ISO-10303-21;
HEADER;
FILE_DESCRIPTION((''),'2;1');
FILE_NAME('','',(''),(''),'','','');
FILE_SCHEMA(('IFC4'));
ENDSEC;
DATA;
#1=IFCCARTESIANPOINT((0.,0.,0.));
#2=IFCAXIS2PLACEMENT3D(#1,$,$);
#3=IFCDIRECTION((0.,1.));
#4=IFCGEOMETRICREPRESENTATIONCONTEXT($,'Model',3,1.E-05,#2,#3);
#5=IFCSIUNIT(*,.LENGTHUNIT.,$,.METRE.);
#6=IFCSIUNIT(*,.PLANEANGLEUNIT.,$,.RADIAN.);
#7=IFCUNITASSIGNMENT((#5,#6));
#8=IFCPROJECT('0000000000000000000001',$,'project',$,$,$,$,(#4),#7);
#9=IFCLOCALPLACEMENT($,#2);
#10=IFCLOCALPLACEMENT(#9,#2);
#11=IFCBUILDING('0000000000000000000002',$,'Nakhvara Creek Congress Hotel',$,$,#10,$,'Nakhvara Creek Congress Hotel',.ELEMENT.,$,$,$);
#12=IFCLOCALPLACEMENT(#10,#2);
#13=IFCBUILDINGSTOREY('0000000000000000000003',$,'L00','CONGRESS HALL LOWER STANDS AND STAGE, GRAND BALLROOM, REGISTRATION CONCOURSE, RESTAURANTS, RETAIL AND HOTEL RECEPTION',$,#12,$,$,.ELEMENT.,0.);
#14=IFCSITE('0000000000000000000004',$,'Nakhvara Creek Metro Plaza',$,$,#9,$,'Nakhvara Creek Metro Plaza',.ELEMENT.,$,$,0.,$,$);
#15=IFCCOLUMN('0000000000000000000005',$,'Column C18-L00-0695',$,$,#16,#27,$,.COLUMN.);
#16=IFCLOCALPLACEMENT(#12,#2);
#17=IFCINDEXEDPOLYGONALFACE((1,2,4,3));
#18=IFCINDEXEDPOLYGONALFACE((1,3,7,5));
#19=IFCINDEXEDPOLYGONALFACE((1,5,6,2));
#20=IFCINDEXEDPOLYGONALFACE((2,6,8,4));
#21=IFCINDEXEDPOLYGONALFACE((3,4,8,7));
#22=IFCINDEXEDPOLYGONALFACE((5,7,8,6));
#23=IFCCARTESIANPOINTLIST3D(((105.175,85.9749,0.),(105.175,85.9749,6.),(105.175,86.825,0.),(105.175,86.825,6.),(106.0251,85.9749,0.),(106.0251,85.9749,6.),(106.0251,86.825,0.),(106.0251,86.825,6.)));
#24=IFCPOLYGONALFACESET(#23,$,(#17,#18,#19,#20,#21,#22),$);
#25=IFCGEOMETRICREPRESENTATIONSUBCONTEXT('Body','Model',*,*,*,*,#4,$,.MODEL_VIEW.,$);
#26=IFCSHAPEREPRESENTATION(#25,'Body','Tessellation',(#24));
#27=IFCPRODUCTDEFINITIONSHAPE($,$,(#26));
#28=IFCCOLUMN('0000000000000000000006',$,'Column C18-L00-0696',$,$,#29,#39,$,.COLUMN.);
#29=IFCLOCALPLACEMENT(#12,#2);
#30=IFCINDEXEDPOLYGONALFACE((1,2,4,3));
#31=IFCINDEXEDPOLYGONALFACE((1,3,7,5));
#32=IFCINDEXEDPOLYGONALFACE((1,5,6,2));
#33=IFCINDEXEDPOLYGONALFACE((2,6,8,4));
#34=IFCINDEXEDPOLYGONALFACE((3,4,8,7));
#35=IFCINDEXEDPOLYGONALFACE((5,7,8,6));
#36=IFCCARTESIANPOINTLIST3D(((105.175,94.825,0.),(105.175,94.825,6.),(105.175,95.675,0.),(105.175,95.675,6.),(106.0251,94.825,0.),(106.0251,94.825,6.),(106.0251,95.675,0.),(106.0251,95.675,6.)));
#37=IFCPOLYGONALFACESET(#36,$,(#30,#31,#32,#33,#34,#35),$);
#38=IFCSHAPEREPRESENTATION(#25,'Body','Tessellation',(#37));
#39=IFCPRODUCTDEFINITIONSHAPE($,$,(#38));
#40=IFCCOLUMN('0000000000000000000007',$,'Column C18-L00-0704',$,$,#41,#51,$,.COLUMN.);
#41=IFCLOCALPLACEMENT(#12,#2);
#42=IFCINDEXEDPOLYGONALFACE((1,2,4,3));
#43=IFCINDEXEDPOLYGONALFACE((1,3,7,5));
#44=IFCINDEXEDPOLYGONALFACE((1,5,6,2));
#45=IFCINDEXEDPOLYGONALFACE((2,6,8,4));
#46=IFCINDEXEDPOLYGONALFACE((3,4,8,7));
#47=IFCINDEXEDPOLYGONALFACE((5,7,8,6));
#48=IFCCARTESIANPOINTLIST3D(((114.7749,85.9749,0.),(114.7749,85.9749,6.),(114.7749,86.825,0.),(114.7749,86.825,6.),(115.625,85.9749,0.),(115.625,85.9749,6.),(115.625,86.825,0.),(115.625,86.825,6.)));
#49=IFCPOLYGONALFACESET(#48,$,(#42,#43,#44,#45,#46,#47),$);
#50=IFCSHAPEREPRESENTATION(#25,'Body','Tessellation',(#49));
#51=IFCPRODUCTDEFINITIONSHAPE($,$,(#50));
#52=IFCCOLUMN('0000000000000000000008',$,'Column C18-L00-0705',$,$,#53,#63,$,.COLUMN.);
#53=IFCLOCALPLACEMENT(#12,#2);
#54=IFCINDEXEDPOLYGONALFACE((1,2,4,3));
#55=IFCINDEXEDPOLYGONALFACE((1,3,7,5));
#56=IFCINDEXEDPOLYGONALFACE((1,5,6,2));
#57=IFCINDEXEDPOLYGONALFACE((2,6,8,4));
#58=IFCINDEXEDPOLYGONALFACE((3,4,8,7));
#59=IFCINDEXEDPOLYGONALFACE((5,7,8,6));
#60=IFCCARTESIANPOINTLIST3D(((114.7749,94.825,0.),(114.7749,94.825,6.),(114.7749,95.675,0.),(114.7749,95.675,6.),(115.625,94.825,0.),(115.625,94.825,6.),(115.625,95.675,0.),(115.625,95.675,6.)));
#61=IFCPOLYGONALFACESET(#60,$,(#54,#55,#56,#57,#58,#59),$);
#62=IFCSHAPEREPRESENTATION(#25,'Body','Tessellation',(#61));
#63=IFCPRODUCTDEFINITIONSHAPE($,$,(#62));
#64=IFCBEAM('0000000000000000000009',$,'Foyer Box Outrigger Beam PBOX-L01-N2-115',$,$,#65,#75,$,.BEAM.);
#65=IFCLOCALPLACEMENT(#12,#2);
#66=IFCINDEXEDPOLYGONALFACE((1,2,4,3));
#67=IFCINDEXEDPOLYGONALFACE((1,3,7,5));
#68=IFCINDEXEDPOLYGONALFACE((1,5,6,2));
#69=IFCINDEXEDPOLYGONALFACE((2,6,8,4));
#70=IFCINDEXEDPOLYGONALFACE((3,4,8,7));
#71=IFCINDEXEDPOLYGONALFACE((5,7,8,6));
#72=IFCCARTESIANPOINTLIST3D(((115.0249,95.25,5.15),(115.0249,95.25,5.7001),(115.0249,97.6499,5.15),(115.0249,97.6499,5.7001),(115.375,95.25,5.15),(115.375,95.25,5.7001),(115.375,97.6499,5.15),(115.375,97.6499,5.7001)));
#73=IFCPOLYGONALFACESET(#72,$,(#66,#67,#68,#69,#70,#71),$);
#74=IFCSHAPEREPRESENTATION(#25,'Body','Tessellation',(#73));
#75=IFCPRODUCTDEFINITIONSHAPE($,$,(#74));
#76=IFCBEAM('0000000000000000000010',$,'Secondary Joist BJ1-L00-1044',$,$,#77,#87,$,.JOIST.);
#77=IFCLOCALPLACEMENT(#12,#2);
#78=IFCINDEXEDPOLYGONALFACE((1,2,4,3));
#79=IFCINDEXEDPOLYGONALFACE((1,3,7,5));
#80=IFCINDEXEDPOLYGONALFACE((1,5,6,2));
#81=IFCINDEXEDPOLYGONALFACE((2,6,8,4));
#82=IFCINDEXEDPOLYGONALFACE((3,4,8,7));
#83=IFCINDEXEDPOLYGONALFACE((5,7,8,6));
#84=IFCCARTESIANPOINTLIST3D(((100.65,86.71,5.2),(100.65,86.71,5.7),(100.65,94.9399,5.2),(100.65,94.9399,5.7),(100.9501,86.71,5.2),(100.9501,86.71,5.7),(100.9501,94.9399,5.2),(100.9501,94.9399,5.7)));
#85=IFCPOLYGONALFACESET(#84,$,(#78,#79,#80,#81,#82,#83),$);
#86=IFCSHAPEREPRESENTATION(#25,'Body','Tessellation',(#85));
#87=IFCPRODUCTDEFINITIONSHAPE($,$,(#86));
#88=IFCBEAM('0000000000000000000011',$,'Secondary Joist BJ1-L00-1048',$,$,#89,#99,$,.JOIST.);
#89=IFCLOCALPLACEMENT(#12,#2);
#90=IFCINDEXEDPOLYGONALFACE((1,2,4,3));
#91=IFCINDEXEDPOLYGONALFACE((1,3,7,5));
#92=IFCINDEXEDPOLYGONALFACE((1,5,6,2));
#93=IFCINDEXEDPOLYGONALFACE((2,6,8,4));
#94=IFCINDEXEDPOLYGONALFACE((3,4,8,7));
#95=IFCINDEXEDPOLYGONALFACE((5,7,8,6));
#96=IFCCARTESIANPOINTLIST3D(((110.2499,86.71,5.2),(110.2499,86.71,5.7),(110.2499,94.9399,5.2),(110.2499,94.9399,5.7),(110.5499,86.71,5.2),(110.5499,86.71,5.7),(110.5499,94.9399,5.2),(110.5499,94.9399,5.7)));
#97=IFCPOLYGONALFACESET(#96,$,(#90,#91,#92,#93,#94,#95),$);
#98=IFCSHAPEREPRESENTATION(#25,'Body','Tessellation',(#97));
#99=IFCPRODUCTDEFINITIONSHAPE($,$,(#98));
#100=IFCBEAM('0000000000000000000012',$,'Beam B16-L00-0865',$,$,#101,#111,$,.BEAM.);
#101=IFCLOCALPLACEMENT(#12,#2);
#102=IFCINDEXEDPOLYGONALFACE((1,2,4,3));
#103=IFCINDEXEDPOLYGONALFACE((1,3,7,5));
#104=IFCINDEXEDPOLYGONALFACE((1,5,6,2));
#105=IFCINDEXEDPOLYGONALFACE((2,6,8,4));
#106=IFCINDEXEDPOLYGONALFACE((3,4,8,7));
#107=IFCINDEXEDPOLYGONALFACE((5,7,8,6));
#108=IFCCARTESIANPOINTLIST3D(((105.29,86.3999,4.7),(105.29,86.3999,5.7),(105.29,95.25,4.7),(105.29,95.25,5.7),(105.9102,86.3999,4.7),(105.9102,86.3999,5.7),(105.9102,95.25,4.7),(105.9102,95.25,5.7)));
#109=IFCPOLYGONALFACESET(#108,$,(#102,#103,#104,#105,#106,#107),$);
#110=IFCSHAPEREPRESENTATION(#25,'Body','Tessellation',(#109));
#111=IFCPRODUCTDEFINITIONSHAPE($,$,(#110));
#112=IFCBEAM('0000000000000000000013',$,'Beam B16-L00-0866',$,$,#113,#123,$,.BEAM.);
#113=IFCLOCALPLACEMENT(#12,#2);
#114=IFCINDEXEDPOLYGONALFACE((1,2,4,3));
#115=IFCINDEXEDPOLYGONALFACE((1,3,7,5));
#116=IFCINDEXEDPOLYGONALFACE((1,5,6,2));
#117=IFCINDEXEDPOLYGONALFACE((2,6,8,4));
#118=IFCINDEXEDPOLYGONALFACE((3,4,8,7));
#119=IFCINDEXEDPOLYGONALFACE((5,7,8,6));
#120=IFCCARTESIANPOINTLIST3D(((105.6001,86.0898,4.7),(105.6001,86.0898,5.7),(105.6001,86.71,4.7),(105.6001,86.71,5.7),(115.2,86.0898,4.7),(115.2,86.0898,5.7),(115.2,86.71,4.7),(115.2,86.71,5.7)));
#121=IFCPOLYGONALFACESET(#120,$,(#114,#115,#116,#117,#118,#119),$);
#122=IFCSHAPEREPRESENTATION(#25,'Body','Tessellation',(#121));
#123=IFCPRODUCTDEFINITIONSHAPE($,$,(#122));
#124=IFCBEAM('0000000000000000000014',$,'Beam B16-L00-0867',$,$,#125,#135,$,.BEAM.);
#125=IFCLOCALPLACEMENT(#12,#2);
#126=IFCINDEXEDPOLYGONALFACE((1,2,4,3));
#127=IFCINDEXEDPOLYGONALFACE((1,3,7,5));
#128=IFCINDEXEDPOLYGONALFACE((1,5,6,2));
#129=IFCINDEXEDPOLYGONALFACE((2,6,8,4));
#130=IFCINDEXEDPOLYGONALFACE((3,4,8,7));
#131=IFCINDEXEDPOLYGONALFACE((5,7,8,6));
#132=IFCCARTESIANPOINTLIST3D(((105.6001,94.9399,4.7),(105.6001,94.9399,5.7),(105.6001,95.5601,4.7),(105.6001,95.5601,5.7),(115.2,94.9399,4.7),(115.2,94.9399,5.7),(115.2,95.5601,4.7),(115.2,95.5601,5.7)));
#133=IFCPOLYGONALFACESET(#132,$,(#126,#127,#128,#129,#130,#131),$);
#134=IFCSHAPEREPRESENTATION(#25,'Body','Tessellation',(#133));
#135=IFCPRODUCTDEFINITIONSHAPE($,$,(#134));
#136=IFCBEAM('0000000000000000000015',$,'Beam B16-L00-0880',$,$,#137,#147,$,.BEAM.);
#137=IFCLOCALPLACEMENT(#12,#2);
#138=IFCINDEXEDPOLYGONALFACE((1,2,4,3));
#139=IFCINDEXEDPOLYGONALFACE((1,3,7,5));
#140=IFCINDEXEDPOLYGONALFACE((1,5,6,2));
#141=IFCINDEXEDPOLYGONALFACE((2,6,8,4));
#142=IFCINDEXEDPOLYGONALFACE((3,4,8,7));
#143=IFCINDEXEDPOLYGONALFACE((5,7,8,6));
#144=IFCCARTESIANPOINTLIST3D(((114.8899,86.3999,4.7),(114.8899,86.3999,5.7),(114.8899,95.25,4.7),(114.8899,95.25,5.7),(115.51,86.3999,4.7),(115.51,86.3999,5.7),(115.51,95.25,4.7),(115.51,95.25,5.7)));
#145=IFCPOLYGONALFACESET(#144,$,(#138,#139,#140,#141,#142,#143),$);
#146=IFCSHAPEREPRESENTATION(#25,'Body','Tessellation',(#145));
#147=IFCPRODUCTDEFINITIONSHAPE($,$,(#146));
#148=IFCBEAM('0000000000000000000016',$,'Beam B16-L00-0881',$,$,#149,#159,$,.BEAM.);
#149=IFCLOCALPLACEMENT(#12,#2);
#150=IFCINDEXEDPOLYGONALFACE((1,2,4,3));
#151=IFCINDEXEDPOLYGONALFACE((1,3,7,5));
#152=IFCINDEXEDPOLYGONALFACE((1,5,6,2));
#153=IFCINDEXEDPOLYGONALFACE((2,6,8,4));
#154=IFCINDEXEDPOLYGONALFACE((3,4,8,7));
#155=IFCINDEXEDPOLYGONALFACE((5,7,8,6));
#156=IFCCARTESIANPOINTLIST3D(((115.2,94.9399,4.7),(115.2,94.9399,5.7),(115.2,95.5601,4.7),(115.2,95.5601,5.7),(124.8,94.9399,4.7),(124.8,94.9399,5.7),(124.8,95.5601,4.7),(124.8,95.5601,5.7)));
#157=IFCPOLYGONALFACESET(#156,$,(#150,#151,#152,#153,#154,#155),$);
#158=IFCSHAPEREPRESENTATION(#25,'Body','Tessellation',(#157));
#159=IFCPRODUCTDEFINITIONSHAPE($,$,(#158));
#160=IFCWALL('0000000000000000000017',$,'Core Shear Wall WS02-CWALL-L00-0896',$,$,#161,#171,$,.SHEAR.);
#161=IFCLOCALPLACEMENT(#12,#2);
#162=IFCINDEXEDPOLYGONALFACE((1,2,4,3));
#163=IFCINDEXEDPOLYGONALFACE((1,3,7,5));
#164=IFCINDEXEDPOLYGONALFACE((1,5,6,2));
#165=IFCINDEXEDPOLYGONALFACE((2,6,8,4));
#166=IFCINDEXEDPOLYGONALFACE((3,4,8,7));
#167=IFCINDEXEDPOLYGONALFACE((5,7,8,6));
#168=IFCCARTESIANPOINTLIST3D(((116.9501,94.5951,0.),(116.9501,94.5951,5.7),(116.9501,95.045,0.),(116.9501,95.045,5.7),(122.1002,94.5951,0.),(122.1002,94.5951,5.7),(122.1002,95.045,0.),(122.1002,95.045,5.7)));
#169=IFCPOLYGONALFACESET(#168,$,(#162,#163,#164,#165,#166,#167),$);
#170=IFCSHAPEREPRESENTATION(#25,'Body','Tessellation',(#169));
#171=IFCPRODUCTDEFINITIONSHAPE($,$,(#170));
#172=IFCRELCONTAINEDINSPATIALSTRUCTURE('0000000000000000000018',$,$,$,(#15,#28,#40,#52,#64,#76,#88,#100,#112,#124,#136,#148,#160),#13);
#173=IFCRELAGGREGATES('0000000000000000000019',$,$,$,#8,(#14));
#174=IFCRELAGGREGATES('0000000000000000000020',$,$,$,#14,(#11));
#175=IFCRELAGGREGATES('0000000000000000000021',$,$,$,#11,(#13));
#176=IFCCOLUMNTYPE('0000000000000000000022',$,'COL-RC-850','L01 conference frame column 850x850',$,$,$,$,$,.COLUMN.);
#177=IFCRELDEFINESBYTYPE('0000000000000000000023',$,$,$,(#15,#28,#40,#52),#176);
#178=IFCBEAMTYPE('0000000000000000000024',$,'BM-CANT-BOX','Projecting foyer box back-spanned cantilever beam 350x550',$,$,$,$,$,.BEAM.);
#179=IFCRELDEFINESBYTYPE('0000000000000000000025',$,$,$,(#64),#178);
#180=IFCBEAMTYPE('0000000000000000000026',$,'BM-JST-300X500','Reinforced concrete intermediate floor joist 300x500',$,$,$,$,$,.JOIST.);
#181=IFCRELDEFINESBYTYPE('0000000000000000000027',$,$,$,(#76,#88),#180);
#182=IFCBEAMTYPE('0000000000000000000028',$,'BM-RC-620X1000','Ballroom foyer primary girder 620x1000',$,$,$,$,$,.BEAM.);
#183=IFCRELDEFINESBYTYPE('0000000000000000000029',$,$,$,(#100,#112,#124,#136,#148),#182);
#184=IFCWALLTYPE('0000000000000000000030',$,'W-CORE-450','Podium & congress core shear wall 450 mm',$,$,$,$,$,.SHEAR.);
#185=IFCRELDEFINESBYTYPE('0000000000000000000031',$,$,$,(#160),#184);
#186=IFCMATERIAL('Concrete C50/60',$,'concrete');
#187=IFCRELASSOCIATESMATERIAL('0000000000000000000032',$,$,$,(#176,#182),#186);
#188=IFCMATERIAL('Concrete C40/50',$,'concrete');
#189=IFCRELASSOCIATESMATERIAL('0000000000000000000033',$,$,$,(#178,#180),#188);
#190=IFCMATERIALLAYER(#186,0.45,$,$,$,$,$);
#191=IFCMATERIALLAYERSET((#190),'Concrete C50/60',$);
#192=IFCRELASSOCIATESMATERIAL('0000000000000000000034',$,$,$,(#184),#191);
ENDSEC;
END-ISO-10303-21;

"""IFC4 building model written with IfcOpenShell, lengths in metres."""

from ifc_helpers import new_model, si_unit, direction, frame, frame_2d, origin, origin_2d, place, context, subcontext, project, spatial, rectangle, extrude, material, layer, layer_set, material_profile, profile_set, type_object, element, save


model = new_model("IFC4")

# Units and contexts
model_context = context("Model", 3, precision=1e-05, world=origin(), true_north=direction((0.0, 1.0)))
body_context = subcontext(model_context, "Body", "Model", "MODEL_VIEW")
ifc_project = project(units=[si_unit("LENGTHUNIT", "METRE"), si_unit("PLANEANGLEUNIT", "RADIAN")], contexts=[model_context])

# Site, building, storey
site_placement = place(None, origin())
site = spatial("IfcSite", under=ifc_project, at=site_placement, Name="Nakhvara Creek Metro Plaza", LongName="Nakhvara Creek Metro Plaza", CompositionType="ELEMENT", RefElevation=0.0)
building_placement = place(site_placement, origin())
building = spatial("IfcBuilding", under=site, at=building_placement, Name="Nakhvara Creek Congress Hotel", LongName="Nakhvara Creek Congress Hotel", CompositionType="ELEMENT")
storey_placement = place(building_placement, origin())
storey = spatial("IfcBuildingStorey", under=building, at=storey_placement, Name="L00", Description="CONGRESS HALL LOWER STANDS AND STAGE, GRAND BALLROOM, REGISTRATION CONCOURSE, RESTAURANTS, RETAIL AND HOTEL RECEPTION", CompositionType="ELEMENT", Elevation=0.0)

# Columns
ifc_material_1 = material(Name="Concrete C50/60", Category="concrete")
ifc_material_profile_1 = material_profile(ifc_material_1, rectangle(XDim=0.8501, YDim=0.8501, at=origin_2d()), Name="RC-COL 850x850", Category="LoadBearing")
ifc_profile_set_1 = profile_set([ifc_material_profile_1], Name="Concrete C50/60")
column_type = type_object("IfcColumnType", Name="COL-RC-850", Description="L01 conference frame column 850x850", PredefinedType="COLUMN", material=ifc_profile_set_1)
for number, where, z_axis, x_axis, name in (
    (1, (105.6001, 86.3999, 0.0), (0.0, 0.0, 1.0), (1.0, 0.0, 0.0), "Column C18-L00-0695"),
    (2, (105.6001, 95.25, 0.0), (0.0, 0.0, 1.0), (1.0, 0.0, 0.0), "Column C18-L00-0696"),
    (3, (115.2, 86.3999, 0.0), (0.0, 0.0, 1.0), (1.0, 0.0, 0.0), "Column C18-L00-0704"),
    (4, (115.2, 95.25, 0.0), (0.0, 0.0, 1.0), (1.0, 0.0, 0.0), "Column C18-L00-0705"),
):
    element("IfcColumn", number, at=place(storey_placement, frame(where, z_axis=z_axis, x_axis=x_axis)), inside=storey, type_object=column_type, Name=name, PredefinedType="COLUMN", context=body_context, shape_type="SweptSolid", body=[
        extrude(rectangle(XDim=0.8501, YDim=0.8501, at=origin_2d()), origin(), (0.0, 0.0, 1.0), 6.0),
    ])

# Beams
ifc_material_2 = material(Name="Concrete C40/50", Category="concrete")
ifc_material_profile_2 = material_profile(ifc_material_2, rectangle(XDim=0.3501, YDim=0.55, at=origin_2d()), Name="RC-BM 350x550", Category="LoadBearing")
ifc_profile_set_2 = profile_set([ifc_material_profile_2], Name="Concrete C40/50")
beam_type_1 = type_object("IfcBeamType", Name="BM-CANT-BOX", Description="Projecting foyer box back-spanned cantilever beam 350x550", PredefinedType="BEAM", material=ifc_profile_set_2)
beam_1_placement = place(storey_placement, frame((115.2, 95.25, 5.425), z_axis=(0.0, 1.0, 0.0), x_axis=(-1.0, 0.0, 0.0)))
element("IfcBeam", 5, at=beam_1_placement, inside=storey, type_object=beam_type_1, Name="Foyer Box Outrigger Beam PBOX-L01-N2-115", PredefinedType="BEAM", context=body_context, shape_type="SweptSolid", body=[
    extrude(rectangle(XDim=0.3501, YDim=0.55, at=origin_2d()), origin(), (0.0, 0.0, 1.0), 2.3999),
])
ifc_material_profile_3 = material_profile(ifc_material_2, rectangle(XDim=0.3, YDim=0.5, at=origin_2d()), Name="RC-BM 300x500", Category="LoadBearing")
ifc_profile_set_3 = profile_set([ifc_material_profile_3], Name="Concrete C40/50")
beam_type_2 = type_object("IfcBeamType", Name="BM-JST-300X500", Description="Reinforced concrete intermediate floor joist 300x500", PredefinedType="JOIST", material=ifc_profile_set_3)
for number, where, z_axis, x_axis, name in (
    (6, (100.8, 86.71, 5.45), (0.0, 1.0, 0.0), (-1.0, 0.0, 0.0), "Secondary Joist BJ1-L00-1044"),
    (7, (110.3999, 86.71, 5.45), (0.0, 1.0, 0.0), (-1.0, 0.0, 0.0), "Secondary Joist BJ1-L00-1048"),
):
    element("IfcBeam", number, at=place(storey_placement, frame(where, z_axis=z_axis, x_axis=x_axis)), inside=storey, type_object=beam_type_2, Name=name, PredefinedType="JOIST", context=body_context, shape_type="SweptSolid", body=[
        extrude(rectangle(XDim=0.3, YDim=0.5, at=origin_2d()), origin(), (0.0, 0.0, 1.0), 8.23),
    ])
ifc_material_profile_4 = material_profile(ifc_material_1, rectangle(XDim=0.6201, YDim=1.0, at=origin_2d()), Name="RC-BM 620x1000", Category="LoadBearing")
ifc_profile_set_4 = profile_set([ifc_material_profile_4], Name="Concrete C50/60")
beam_type_3 = type_object("IfcBeamType", Name="BM-RC-620X1000", Description="Ballroom foyer primary girder 620x1000", PredefinedType="BEAM", material=ifc_profile_set_4)
beam_2_placement = place(storey_placement, frame((105.6001, 86.3999, 5.2), z_axis=(0.0, 1.0, 0.0), x_axis=(-1.0, 0.0, 0.0)))
element("IfcBeam", 8, at=beam_2_placement, inside=storey, type_object=beam_type_3, Name="Beam B16-L00-0865", PredefinedType="BEAM", context=body_context, shape_type="SweptSolid", body=[
    extrude(rectangle(XDim=0.6201, YDim=1.0, at=origin_2d()), origin(), (0.0, 0.0, 1.0), 8.8501),
])
for number, where, z_axis, x_axis, name in (
    (9, (105.6001, 86.3999, 5.2), (1.0, 0.0, 0.0), (0.0, 1.0, 0.0), "Beam B16-L00-0866"),
    (10, (105.6001, 95.25, 5.2), (1.0, 0.0, 0.0), (0.0, 1.0, 0.0), "Beam B16-L00-0867"),
):
    element("IfcBeam", number, at=place(storey_placement, frame(where, z_axis=z_axis, x_axis=x_axis)), inside=storey, type_object=beam_type_3, Name=name, PredefinedType="BEAM", context=body_context, shape_type="SweptSolid", body=[
        extrude(rectangle(XDim=0.6201, YDim=1.0, at=origin_2d()), origin(), (0.0, 0.0, 1.0), 9.5999),
    ])
beam_3_placement = place(storey_placement, frame((115.2, 86.3999, 5.2), z_axis=(0.0, 1.0, 0.0), x_axis=(-1.0, 0.0, 0.0)))
element("IfcBeam", 11, at=beam_3_placement, inside=storey, type_object=beam_type_3, Name="Beam B16-L00-0880", PredefinedType="BEAM", context=body_context, shape_type="SweptSolid", body=[
    extrude(rectangle(XDim=0.6201, YDim=1.0, at=origin_2d()), origin(), (0.0, 0.0, 1.0), 8.8501),
])
beam_4_placement = place(storey_placement, frame((115.2, 95.25, 5.2), z_axis=(1.0, 0.0, 0.0), x_axis=(0.0, 1.0, 0.0)))
element("IfcBeam", 12, at=beam_4_placement, inside=storey, type_object=beam_type_3, Name="Beam B16-L00-0881", PredefinedType="BEAM", context=body_context, shape_type="SweptSolid", body=[
    extrude(rectangle(XDim=0.6201, YDim=1.0, at=origin_2d()), origin(), (0.0, 0.0, 1.0), 9.6001),
])

# Wall
ifc_layer_1 = layer(ifc_material_1, 0.45)
ifc_layer_set_1 = layer_set([ifc_layer_1], Name="Concrete C50/60")
wall_type = type_object("IfcWallType", Name="W-CORE-450", Description="Podium & congress core shear wall 450 mm", PredefinedType="SHEAR", material=ifc_layer_set_1)
wall_placement = place(storey_placement, frame((116.95, 94.8201, 0.0), z_axis=(0.0, 0.0, 1.0), x_axis=(1.0, 0.0, 0.0)))
element("IfcWall", 13, at=wall_placement, inside=storey, type_object=wall_type, Name="Core Shear Wall WS02-CWALL-L00-0896", PredefinedType="SHEAR", context=body_context, shape_type="SweptSolid", body=[
    extrude(rectangle(XDim=5.1501, YDim=0.45, at=frame_2d((2.5752, 0.0))), origin(), (0.0, 0.0, 1.0), 5.7),
])

save(model, "model.ifc")
